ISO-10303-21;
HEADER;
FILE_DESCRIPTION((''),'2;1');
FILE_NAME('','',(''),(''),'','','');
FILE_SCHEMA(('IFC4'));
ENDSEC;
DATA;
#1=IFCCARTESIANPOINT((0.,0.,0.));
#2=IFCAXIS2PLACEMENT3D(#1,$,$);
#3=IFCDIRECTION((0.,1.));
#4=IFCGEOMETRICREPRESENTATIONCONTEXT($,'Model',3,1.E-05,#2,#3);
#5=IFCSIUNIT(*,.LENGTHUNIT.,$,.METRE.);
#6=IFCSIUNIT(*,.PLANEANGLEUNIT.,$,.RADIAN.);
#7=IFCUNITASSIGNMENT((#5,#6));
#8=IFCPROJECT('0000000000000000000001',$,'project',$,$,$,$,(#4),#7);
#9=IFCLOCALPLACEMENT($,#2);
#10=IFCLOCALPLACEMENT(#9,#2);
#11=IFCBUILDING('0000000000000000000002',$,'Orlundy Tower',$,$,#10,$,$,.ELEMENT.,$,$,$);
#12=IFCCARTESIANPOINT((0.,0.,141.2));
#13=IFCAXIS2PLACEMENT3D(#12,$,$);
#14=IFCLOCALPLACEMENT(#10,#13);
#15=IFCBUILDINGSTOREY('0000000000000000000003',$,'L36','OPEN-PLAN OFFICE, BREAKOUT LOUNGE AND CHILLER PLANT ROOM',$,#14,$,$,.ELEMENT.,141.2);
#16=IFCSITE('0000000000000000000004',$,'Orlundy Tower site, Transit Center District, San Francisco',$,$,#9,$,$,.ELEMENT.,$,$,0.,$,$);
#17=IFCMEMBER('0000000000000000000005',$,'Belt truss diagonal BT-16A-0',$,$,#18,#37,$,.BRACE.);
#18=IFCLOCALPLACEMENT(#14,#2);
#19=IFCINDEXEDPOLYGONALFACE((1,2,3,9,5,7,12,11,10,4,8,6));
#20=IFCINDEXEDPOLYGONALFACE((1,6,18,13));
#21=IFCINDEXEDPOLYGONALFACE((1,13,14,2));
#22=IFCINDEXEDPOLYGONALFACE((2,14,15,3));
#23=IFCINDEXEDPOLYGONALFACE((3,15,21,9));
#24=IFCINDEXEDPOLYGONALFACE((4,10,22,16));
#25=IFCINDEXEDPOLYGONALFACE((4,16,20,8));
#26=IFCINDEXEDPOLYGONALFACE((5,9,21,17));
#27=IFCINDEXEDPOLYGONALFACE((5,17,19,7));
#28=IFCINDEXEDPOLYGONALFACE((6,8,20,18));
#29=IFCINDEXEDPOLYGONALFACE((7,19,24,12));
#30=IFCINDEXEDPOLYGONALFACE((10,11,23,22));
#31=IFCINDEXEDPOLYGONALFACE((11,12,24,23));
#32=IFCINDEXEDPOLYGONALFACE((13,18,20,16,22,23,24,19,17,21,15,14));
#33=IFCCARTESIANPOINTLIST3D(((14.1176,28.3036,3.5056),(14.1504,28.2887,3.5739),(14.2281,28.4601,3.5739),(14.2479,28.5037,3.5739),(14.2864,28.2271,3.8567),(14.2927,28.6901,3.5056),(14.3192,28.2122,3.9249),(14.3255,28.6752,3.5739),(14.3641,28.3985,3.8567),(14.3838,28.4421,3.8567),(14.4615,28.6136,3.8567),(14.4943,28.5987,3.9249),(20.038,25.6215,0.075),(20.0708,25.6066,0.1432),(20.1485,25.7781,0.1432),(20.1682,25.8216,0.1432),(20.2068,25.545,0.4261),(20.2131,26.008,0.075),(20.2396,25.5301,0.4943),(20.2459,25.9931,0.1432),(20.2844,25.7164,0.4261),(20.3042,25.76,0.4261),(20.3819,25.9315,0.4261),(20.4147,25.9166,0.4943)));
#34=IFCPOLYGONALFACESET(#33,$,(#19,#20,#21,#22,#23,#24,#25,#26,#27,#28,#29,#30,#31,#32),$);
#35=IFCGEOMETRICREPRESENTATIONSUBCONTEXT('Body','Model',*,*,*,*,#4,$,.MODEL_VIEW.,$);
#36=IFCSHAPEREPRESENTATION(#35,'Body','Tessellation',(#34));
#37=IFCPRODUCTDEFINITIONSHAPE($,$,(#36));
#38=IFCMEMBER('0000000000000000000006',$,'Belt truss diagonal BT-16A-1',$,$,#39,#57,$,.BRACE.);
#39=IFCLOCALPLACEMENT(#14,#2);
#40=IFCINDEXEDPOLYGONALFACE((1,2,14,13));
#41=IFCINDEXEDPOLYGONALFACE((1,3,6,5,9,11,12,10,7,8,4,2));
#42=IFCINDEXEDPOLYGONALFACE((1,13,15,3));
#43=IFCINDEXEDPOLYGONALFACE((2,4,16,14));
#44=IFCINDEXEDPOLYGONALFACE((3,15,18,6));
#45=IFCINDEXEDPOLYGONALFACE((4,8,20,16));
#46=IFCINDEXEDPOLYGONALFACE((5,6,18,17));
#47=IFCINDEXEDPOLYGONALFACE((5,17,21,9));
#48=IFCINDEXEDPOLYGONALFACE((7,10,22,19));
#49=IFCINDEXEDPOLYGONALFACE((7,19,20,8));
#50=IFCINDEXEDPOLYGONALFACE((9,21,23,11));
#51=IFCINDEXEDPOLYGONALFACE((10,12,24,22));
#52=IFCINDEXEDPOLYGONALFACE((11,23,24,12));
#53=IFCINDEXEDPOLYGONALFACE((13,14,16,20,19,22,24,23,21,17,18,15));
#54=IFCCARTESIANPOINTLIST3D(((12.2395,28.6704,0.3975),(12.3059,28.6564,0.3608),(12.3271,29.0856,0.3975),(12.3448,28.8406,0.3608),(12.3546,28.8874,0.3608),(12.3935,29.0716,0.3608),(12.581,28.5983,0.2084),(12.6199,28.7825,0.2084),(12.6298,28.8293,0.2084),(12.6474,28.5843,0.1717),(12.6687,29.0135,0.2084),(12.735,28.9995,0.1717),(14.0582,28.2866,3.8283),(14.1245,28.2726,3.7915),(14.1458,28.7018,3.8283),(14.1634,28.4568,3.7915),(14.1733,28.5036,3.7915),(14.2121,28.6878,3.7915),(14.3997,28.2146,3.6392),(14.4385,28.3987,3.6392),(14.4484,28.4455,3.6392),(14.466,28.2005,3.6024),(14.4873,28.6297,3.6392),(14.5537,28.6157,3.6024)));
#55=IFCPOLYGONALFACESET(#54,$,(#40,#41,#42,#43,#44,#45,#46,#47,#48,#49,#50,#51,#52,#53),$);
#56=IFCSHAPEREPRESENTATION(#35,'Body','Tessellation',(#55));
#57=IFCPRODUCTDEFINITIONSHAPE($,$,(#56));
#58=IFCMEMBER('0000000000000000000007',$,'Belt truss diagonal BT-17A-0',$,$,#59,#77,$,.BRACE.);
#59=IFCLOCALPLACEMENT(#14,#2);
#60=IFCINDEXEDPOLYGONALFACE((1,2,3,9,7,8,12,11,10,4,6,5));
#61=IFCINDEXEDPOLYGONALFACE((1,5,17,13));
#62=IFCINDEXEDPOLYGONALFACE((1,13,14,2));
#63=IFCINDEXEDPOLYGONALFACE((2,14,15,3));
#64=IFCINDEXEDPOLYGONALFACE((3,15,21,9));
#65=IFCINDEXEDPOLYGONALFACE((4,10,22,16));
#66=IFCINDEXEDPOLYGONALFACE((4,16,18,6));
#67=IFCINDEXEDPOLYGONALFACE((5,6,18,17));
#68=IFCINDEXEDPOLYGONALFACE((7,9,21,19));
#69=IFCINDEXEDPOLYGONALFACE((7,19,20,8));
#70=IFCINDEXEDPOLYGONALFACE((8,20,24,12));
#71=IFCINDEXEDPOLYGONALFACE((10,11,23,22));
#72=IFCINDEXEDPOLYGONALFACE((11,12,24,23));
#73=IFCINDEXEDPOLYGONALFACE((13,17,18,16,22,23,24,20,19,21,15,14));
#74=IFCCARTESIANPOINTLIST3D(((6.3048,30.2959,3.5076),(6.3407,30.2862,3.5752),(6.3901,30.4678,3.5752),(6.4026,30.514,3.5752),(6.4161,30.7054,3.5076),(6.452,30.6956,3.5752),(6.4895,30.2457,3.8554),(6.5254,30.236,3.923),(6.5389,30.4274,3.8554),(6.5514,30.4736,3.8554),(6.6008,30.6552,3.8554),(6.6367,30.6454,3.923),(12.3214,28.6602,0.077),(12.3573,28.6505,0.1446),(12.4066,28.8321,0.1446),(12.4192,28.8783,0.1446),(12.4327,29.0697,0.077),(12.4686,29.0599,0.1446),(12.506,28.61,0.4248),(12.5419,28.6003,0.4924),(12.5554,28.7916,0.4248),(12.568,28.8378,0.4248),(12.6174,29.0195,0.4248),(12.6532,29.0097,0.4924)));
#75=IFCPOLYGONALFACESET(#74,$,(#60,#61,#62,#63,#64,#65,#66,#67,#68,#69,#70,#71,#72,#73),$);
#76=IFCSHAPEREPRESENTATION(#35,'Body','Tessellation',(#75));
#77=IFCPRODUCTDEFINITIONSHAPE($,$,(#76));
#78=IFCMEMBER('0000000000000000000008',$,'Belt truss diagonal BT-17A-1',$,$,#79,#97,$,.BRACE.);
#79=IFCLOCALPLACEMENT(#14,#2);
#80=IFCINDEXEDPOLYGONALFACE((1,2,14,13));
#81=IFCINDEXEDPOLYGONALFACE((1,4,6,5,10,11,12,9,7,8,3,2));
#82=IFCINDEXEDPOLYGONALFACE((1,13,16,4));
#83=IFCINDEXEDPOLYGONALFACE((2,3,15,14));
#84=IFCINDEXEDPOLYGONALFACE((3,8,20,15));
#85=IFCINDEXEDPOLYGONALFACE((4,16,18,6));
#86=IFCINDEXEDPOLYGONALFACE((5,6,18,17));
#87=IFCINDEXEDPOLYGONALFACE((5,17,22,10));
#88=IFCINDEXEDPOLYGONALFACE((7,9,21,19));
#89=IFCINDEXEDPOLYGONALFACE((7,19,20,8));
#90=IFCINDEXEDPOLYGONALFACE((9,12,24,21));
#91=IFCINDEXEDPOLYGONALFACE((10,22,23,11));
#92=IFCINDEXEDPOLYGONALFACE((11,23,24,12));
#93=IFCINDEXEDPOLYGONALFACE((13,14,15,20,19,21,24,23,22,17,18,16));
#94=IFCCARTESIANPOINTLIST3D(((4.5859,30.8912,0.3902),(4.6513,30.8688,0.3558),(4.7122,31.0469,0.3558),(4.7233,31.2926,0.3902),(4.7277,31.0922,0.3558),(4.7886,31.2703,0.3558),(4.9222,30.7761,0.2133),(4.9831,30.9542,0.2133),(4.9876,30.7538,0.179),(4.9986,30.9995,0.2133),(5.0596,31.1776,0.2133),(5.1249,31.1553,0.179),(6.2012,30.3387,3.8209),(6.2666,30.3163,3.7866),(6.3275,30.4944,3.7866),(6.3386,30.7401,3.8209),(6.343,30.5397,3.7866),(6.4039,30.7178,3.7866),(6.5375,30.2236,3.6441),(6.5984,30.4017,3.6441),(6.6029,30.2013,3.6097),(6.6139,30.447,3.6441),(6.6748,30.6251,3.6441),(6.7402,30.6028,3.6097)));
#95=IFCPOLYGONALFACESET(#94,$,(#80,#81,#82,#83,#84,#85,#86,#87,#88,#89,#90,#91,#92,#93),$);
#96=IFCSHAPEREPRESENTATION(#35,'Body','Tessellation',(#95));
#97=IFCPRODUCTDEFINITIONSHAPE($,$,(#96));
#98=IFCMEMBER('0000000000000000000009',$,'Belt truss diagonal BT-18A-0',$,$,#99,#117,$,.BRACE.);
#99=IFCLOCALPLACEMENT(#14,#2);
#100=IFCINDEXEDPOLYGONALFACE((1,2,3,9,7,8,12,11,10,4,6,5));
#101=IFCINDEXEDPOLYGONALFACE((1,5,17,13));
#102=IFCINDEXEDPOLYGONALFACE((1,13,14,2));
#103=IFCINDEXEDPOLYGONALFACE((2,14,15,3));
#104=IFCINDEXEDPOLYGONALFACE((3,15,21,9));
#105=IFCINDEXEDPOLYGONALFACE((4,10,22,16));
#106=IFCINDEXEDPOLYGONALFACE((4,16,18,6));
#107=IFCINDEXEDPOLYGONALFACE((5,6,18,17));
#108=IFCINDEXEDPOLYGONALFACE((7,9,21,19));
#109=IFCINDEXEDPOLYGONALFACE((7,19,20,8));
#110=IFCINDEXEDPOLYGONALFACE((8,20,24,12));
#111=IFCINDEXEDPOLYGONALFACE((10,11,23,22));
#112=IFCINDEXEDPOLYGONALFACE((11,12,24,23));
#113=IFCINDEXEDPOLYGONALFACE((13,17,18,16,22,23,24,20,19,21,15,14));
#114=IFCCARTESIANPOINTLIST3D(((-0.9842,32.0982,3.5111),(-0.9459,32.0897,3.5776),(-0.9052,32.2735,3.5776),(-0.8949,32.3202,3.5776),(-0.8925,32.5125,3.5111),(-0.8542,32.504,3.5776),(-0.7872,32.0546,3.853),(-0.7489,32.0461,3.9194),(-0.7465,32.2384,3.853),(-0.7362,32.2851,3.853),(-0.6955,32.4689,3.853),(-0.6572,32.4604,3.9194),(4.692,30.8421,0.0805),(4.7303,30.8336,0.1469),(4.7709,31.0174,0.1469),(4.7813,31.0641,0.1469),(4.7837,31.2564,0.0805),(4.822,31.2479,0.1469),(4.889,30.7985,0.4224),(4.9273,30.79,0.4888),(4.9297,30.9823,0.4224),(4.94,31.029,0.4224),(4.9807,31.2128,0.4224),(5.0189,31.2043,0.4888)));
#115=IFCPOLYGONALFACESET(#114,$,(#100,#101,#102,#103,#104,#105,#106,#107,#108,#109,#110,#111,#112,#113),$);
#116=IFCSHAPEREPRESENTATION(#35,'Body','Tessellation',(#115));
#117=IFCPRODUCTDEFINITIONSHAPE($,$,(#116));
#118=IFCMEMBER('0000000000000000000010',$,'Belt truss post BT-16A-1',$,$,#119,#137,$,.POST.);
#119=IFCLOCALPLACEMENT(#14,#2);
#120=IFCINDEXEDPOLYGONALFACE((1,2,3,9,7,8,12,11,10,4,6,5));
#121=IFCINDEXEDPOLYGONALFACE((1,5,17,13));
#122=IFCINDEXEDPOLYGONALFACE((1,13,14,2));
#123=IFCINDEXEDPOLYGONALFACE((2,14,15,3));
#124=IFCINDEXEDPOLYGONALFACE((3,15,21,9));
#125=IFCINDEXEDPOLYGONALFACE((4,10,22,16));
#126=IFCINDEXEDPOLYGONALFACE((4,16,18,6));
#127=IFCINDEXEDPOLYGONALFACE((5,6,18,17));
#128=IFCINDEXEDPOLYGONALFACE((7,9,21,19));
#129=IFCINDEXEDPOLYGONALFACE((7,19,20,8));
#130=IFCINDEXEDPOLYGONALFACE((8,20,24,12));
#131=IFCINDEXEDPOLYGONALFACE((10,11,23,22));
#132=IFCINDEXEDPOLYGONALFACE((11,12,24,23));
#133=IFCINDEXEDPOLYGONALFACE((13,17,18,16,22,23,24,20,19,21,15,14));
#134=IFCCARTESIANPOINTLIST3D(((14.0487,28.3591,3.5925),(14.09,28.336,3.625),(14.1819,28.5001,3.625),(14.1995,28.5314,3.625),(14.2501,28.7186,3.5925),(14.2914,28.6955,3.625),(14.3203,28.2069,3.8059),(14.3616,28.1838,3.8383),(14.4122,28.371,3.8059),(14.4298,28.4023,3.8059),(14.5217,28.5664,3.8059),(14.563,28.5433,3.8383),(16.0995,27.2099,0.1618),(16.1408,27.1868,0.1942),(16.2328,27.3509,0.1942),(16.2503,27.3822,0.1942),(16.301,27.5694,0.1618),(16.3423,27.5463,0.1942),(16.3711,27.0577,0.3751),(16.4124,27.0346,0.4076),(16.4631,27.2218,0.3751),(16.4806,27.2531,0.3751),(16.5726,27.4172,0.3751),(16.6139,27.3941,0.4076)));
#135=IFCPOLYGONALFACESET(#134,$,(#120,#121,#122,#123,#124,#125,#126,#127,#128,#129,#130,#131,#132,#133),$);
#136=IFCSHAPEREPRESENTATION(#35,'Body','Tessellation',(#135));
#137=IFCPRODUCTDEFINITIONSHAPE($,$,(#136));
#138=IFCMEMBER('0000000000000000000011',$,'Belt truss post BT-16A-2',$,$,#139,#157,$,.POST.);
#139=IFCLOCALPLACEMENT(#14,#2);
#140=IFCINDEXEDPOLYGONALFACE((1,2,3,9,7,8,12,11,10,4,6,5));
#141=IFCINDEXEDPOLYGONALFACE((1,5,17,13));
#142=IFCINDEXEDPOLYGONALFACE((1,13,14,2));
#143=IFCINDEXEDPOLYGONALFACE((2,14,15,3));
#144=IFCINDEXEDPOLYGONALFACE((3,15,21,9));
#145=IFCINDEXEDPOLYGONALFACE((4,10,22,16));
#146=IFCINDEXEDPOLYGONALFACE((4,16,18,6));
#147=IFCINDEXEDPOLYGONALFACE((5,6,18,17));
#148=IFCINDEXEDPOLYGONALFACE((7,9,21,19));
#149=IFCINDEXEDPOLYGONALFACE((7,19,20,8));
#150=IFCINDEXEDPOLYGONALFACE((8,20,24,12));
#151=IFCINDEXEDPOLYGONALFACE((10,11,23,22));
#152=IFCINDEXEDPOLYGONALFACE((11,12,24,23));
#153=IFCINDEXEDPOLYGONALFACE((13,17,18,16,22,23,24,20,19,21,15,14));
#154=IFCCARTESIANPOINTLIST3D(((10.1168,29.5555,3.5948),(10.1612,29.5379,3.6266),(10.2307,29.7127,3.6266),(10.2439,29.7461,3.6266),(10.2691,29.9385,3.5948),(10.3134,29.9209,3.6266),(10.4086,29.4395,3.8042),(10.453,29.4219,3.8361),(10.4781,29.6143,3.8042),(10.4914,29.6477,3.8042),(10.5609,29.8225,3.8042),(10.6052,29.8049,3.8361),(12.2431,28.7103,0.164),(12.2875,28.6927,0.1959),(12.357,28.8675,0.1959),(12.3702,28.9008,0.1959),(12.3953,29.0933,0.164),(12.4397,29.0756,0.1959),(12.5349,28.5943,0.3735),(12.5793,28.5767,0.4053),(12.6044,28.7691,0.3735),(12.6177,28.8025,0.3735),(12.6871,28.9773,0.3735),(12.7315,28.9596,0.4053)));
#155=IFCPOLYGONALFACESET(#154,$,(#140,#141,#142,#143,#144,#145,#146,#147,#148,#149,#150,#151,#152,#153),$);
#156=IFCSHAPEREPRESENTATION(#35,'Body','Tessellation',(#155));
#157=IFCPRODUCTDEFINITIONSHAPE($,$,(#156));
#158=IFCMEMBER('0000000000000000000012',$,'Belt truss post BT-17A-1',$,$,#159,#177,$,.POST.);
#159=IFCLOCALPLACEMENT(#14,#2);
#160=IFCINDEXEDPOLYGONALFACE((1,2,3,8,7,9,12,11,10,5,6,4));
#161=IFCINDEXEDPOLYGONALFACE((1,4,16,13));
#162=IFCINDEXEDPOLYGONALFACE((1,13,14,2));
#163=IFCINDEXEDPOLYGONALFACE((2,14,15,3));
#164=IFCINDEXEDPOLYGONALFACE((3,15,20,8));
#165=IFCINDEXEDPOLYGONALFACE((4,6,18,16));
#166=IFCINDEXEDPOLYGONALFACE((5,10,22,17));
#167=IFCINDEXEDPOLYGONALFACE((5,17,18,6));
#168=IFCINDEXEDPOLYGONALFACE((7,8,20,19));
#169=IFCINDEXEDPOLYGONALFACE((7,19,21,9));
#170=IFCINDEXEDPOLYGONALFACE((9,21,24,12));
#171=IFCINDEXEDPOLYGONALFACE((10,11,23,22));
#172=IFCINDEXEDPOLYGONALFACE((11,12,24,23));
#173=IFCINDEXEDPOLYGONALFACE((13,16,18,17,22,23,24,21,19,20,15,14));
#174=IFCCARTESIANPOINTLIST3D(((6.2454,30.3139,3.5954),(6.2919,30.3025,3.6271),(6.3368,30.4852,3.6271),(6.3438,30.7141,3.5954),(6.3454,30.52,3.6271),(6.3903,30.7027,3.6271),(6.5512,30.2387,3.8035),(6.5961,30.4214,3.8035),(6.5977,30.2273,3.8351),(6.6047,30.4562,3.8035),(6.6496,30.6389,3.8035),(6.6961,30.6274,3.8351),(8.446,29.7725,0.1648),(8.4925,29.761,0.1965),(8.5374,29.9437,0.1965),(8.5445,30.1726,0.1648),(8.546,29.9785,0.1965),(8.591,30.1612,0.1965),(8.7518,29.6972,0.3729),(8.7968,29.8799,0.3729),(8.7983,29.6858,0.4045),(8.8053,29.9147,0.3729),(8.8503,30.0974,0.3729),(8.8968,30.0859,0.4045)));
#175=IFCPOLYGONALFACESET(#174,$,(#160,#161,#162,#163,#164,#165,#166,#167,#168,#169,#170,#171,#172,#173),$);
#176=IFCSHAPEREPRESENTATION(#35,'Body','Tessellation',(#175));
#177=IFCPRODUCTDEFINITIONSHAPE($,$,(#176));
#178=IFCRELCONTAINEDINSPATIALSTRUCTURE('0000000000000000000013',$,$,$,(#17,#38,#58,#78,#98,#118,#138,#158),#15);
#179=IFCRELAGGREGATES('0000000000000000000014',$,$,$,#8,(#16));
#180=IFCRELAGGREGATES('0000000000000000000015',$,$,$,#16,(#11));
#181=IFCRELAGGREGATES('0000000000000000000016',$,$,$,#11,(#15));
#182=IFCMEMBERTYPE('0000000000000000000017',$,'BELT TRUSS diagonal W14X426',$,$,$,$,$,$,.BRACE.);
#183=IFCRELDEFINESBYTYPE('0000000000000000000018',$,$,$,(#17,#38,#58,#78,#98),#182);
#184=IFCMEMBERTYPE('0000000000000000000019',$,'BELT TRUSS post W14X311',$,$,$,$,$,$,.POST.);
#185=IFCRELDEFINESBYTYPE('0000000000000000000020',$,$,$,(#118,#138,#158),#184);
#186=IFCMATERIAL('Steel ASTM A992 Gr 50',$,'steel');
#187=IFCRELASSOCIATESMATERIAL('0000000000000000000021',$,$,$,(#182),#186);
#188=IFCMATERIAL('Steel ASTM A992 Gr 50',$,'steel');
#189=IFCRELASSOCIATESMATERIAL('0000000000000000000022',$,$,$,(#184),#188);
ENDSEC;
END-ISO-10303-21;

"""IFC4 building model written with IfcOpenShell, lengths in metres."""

from ifc_helpers import new_model, si_unit, direction, frame, origin, origin_2d, place, context, subcontext, project, spatial, i_section, extrude, material, material_profile, profile_set, type_object, element, save


model = new_model("IFC4")

# Units and contexts
model_context = context("Model", 3, precision=1e-05, world=origin(), true_north=direction((0.0, 1.0)))
body_context = subcontext(model_context, "Body", "Model", "MODEL_VIEW")
ifc_project = project(units=[si_unit("LENGTHUNIT", "METRE"), si_unit("PLANEANGLEUNIT", "RADIAN")], contexts=[model_context])

# Site, building, storey
site_placement = place(None, origin())
site = spatial("IfcSite", under=ifc_project, at=site_placement, Name="Orlundy Tower site, Transit Center District, San Francisco", CompositionType="ELEMENT", RefElevation=0.0)
building_placement = place(site_placement, origin())
building = spatial("IfcBuilding", under=site, at=building_placement, Name="Orlundy Tower", CompositionType="ELEMENT")
storey_placement = place(building_placement, frame((0.0, 0.0, 141.2)))
storey = spatial("IfcBuildingStorey", under=building, at=storey_placement, Name="L36", Description="OPEN-PLAN OFFICE, BREAKOUT LOUNGE AND CHILLER PLANT ROOM", CompositionType="ELEMENT", Elevation=141.2)

# Members
ifc_material_1 = material(Name="Steel ASTM A992 Gr 50", Category="steel")
ifc_material_profile_1 = material_profile(ifc_material_1, i_section(OverallWidth=0.4243, OverallDepth=0.4741, WebThickness=0.0479, FlangeThickness=0.0771, at=origin_2d()), Name="W14X426")
ifc_profile_set_1 = profile_set([ifc_material_profile_1], Name="Steel ASTM A992 Gr 50")
member_type_1 = type_object("IfcMemberType", Name="BELT TRUSS diagonal W14X426", PredefinedType="BRACE", material=ifc_profile_set_1)
member_1_placement = place(storey_placement, frame((20.2263, 25.769, 0.2847), z_axis=(-0.805557, 0.364942, 0.466791), x_axis=(-0.412659, -0.910885, 0.0)))
element("IfcMember", 1, at=member_1_placement, inside=storey, type_object=member_type_1, Name="Belt truss diagonal BT-16A-0", PredefinedType="BRACE", context=body_context, shape_type="SweptSolid", body=[
    extrude(i_section(OverallWidth=0.4243, OverallDepth=0.4741, WebThickness=0.0479, FlangeThickness=0.0771, at=origin_2d()), origin(), (0.0, 0.0, 1.0), 7.3494),
])
member_2_placement = place(storey_placement, frame((14.3059, 28.4512, 3.7153), z_axis=(-0.466093, 0.098362, -0.879251), x_axis=(-0.206487, -0.978449, 0.0)))
element("IfcMember", 2, at=member_2_placement, inside=storey, type_object=member_type_1, Name="Belt truss diagonal BT-16A-1", PredefinedType="BRACE", context=body_context, shape_type="SweptSolid", body=[
    extrude(i_section(OverallWidth=0.4243, OverallDepth=0.4741, WebThickness=0.0479, FlangeThickness=0.0771, at=origin_2d()), origin(), (0.0, 0.0, 1.0), 3.9019),
])
member_3_placement = place(storey_placement, frame((12.4873, 28.835, 0.2847), z_axis=(-0.845444, 0.229852, 0.482072), x_axis=(-0.262349, -0.964973, 0.0)))
element("IfcMember", 3, at=member_3_placement, inside=storey, type_object=member_type_1, Name="Belt truss diagonal BT-17A-0", PredefinedType="BRACE", context=body_context, shape_type="SweptSolid", body=[
    extrude(i_section(OverallWidth=0.4243, OverallDepth=0.4741, WebThickness=0.0479, FlangeThickness=0.0771, at=origin_2d()), origin(), (0.0, 0.0, 1.0), 7.1165),
])
member_4_placement = place(storey_placement, frame((6.4707, 30.4707, 3.7153), z_axis=(-0.42152, 0.144181, -0.895284), x_axis=(-0.323641, -0.94618, 0.0)))
element("IfcMember", 4, at=member_4_placement, inside=storey, type_object=member_type_1, Name="Belt truss diagonal BT-17A-1", PredefinedType="BRACE", context=body_context, shape_type="SweptSolid", body=[
    extrude(i_section(OverallWidth=0.4243, OverallDepth=0.4741, WebThickness=0.0479, FlangeThickness=0.0771, at=origin_2d()), origin(), (0.0, 0.0, 1.0), 3.832),
])
member_5_placement = place(storey_placement, frame((4.8555, 31.0232, 0.2847), z_axis=(-0.840885, 0.18608, 0.50822), x_axis=(-0.216063, -0.976379, 0.0)))
element("IfcMember", 5, at=member_5_placement, inside=storey, type_object=member_type_1, Name="Belt truss diagonal BT-18A-0", PredefinedType="BRACE", context=body_context, shape_type="SweptSolid", body=[
    extrude(i_section(OverallWidth=0.4243, OverallDepth=0.4741, WebThickness=0.0479, FlangeThickness=0.0771, at=origin_2d()), origin(), (0.0, 0.0, 1.0), 6.7502),
])
ifc_material_2 = material(Name="Steel ASTM A992 Gr 50", Category="steel")
ifc_material_profile_2 = material_profile(ifc_material_2, i_section(OverallWidth=0.4121, OverallDepth=0.4348, WebThickness=0.0359, FlangeThickness=0.0574, at=origin_2d()), Name="W14X311")
ifc_profile_set_2 = profile_set([ifc_material_profile_2], Name="Steel ASTM A992 Gr 50")
member_type_2 = type_object("IfcMemberType", Name="BELT TRUSS post W14X311", PredefinedType="POST", material=ifc_profile_set_2)
member_6_placement = place(storey_placement, frame((16.3567, 27.302, 0.2847), z_axis=(-0.493117, 0.276321, 0.824914), x_axis=(-0.488841, -0.872373, 0.0)))
element("IfcMember", 6, at=member_6_placement, inside=storey, type_object=member_type_2, Name="Belt truss post BT-16A-1", PredefinedType="POST", context=body_context, shape_type="SweptSolid", body=[
    extrude(i_section(OverallWidth=0.4121, OverallDepth=0.4348, WebThickness=0.0359, FlangeThickness=0.0574, at=origin_2d()), origin(), (0.0, 0.0, 1.0), 4.1589),
])
member_7_placement = place(storey_placement, frame((12.4873, 28.835, 0.2847), z_axis=(-0.515614, 0.204967, 0.831944), x_axis=(-0.369403, -0.929269, 0.0)))
element("IfcMember", 7, at=member_7_placement, inside=storey, type_object=member_type_2, Name="Belt truss post BT-16A-2", PredefinedType="POST", context=body_context, shape_type="SweptSolid", body=[
    extrude(i_section(OverallWidth=0.4121, OverallDepth=0.4348, WebThickness=0.0359, FlangeThickness=0.0574, at=origin_2d()), origin(), (0.0, 0.0, 1.0), 4.1238),
])
member_8_placement = place(storey_placement, frame((8.6714, 29.9292, 0.2847), z_axis=(-0.535231, 0.1317, 0.834376), x_axis=(-0.238935, -0.971036, 0.0)))
element("IfcMember", 8, at=member_8_placement, inside=storey, type_object=member_type_2, Name="Belt truss post BT-17A-1", PredefinedType="POST", context=body_context, shape_type="SweptSolid", body=[
    extrude(i_section(OverallWidth=0.4121, OverallDepth=0.4348, WebThickness=0.0359, FlangeThickness=0.0574, at=origin_2d()), origin(), (0.0, 0.0, 1.0), 4.1116),
])

save(model, "model.ifc")
